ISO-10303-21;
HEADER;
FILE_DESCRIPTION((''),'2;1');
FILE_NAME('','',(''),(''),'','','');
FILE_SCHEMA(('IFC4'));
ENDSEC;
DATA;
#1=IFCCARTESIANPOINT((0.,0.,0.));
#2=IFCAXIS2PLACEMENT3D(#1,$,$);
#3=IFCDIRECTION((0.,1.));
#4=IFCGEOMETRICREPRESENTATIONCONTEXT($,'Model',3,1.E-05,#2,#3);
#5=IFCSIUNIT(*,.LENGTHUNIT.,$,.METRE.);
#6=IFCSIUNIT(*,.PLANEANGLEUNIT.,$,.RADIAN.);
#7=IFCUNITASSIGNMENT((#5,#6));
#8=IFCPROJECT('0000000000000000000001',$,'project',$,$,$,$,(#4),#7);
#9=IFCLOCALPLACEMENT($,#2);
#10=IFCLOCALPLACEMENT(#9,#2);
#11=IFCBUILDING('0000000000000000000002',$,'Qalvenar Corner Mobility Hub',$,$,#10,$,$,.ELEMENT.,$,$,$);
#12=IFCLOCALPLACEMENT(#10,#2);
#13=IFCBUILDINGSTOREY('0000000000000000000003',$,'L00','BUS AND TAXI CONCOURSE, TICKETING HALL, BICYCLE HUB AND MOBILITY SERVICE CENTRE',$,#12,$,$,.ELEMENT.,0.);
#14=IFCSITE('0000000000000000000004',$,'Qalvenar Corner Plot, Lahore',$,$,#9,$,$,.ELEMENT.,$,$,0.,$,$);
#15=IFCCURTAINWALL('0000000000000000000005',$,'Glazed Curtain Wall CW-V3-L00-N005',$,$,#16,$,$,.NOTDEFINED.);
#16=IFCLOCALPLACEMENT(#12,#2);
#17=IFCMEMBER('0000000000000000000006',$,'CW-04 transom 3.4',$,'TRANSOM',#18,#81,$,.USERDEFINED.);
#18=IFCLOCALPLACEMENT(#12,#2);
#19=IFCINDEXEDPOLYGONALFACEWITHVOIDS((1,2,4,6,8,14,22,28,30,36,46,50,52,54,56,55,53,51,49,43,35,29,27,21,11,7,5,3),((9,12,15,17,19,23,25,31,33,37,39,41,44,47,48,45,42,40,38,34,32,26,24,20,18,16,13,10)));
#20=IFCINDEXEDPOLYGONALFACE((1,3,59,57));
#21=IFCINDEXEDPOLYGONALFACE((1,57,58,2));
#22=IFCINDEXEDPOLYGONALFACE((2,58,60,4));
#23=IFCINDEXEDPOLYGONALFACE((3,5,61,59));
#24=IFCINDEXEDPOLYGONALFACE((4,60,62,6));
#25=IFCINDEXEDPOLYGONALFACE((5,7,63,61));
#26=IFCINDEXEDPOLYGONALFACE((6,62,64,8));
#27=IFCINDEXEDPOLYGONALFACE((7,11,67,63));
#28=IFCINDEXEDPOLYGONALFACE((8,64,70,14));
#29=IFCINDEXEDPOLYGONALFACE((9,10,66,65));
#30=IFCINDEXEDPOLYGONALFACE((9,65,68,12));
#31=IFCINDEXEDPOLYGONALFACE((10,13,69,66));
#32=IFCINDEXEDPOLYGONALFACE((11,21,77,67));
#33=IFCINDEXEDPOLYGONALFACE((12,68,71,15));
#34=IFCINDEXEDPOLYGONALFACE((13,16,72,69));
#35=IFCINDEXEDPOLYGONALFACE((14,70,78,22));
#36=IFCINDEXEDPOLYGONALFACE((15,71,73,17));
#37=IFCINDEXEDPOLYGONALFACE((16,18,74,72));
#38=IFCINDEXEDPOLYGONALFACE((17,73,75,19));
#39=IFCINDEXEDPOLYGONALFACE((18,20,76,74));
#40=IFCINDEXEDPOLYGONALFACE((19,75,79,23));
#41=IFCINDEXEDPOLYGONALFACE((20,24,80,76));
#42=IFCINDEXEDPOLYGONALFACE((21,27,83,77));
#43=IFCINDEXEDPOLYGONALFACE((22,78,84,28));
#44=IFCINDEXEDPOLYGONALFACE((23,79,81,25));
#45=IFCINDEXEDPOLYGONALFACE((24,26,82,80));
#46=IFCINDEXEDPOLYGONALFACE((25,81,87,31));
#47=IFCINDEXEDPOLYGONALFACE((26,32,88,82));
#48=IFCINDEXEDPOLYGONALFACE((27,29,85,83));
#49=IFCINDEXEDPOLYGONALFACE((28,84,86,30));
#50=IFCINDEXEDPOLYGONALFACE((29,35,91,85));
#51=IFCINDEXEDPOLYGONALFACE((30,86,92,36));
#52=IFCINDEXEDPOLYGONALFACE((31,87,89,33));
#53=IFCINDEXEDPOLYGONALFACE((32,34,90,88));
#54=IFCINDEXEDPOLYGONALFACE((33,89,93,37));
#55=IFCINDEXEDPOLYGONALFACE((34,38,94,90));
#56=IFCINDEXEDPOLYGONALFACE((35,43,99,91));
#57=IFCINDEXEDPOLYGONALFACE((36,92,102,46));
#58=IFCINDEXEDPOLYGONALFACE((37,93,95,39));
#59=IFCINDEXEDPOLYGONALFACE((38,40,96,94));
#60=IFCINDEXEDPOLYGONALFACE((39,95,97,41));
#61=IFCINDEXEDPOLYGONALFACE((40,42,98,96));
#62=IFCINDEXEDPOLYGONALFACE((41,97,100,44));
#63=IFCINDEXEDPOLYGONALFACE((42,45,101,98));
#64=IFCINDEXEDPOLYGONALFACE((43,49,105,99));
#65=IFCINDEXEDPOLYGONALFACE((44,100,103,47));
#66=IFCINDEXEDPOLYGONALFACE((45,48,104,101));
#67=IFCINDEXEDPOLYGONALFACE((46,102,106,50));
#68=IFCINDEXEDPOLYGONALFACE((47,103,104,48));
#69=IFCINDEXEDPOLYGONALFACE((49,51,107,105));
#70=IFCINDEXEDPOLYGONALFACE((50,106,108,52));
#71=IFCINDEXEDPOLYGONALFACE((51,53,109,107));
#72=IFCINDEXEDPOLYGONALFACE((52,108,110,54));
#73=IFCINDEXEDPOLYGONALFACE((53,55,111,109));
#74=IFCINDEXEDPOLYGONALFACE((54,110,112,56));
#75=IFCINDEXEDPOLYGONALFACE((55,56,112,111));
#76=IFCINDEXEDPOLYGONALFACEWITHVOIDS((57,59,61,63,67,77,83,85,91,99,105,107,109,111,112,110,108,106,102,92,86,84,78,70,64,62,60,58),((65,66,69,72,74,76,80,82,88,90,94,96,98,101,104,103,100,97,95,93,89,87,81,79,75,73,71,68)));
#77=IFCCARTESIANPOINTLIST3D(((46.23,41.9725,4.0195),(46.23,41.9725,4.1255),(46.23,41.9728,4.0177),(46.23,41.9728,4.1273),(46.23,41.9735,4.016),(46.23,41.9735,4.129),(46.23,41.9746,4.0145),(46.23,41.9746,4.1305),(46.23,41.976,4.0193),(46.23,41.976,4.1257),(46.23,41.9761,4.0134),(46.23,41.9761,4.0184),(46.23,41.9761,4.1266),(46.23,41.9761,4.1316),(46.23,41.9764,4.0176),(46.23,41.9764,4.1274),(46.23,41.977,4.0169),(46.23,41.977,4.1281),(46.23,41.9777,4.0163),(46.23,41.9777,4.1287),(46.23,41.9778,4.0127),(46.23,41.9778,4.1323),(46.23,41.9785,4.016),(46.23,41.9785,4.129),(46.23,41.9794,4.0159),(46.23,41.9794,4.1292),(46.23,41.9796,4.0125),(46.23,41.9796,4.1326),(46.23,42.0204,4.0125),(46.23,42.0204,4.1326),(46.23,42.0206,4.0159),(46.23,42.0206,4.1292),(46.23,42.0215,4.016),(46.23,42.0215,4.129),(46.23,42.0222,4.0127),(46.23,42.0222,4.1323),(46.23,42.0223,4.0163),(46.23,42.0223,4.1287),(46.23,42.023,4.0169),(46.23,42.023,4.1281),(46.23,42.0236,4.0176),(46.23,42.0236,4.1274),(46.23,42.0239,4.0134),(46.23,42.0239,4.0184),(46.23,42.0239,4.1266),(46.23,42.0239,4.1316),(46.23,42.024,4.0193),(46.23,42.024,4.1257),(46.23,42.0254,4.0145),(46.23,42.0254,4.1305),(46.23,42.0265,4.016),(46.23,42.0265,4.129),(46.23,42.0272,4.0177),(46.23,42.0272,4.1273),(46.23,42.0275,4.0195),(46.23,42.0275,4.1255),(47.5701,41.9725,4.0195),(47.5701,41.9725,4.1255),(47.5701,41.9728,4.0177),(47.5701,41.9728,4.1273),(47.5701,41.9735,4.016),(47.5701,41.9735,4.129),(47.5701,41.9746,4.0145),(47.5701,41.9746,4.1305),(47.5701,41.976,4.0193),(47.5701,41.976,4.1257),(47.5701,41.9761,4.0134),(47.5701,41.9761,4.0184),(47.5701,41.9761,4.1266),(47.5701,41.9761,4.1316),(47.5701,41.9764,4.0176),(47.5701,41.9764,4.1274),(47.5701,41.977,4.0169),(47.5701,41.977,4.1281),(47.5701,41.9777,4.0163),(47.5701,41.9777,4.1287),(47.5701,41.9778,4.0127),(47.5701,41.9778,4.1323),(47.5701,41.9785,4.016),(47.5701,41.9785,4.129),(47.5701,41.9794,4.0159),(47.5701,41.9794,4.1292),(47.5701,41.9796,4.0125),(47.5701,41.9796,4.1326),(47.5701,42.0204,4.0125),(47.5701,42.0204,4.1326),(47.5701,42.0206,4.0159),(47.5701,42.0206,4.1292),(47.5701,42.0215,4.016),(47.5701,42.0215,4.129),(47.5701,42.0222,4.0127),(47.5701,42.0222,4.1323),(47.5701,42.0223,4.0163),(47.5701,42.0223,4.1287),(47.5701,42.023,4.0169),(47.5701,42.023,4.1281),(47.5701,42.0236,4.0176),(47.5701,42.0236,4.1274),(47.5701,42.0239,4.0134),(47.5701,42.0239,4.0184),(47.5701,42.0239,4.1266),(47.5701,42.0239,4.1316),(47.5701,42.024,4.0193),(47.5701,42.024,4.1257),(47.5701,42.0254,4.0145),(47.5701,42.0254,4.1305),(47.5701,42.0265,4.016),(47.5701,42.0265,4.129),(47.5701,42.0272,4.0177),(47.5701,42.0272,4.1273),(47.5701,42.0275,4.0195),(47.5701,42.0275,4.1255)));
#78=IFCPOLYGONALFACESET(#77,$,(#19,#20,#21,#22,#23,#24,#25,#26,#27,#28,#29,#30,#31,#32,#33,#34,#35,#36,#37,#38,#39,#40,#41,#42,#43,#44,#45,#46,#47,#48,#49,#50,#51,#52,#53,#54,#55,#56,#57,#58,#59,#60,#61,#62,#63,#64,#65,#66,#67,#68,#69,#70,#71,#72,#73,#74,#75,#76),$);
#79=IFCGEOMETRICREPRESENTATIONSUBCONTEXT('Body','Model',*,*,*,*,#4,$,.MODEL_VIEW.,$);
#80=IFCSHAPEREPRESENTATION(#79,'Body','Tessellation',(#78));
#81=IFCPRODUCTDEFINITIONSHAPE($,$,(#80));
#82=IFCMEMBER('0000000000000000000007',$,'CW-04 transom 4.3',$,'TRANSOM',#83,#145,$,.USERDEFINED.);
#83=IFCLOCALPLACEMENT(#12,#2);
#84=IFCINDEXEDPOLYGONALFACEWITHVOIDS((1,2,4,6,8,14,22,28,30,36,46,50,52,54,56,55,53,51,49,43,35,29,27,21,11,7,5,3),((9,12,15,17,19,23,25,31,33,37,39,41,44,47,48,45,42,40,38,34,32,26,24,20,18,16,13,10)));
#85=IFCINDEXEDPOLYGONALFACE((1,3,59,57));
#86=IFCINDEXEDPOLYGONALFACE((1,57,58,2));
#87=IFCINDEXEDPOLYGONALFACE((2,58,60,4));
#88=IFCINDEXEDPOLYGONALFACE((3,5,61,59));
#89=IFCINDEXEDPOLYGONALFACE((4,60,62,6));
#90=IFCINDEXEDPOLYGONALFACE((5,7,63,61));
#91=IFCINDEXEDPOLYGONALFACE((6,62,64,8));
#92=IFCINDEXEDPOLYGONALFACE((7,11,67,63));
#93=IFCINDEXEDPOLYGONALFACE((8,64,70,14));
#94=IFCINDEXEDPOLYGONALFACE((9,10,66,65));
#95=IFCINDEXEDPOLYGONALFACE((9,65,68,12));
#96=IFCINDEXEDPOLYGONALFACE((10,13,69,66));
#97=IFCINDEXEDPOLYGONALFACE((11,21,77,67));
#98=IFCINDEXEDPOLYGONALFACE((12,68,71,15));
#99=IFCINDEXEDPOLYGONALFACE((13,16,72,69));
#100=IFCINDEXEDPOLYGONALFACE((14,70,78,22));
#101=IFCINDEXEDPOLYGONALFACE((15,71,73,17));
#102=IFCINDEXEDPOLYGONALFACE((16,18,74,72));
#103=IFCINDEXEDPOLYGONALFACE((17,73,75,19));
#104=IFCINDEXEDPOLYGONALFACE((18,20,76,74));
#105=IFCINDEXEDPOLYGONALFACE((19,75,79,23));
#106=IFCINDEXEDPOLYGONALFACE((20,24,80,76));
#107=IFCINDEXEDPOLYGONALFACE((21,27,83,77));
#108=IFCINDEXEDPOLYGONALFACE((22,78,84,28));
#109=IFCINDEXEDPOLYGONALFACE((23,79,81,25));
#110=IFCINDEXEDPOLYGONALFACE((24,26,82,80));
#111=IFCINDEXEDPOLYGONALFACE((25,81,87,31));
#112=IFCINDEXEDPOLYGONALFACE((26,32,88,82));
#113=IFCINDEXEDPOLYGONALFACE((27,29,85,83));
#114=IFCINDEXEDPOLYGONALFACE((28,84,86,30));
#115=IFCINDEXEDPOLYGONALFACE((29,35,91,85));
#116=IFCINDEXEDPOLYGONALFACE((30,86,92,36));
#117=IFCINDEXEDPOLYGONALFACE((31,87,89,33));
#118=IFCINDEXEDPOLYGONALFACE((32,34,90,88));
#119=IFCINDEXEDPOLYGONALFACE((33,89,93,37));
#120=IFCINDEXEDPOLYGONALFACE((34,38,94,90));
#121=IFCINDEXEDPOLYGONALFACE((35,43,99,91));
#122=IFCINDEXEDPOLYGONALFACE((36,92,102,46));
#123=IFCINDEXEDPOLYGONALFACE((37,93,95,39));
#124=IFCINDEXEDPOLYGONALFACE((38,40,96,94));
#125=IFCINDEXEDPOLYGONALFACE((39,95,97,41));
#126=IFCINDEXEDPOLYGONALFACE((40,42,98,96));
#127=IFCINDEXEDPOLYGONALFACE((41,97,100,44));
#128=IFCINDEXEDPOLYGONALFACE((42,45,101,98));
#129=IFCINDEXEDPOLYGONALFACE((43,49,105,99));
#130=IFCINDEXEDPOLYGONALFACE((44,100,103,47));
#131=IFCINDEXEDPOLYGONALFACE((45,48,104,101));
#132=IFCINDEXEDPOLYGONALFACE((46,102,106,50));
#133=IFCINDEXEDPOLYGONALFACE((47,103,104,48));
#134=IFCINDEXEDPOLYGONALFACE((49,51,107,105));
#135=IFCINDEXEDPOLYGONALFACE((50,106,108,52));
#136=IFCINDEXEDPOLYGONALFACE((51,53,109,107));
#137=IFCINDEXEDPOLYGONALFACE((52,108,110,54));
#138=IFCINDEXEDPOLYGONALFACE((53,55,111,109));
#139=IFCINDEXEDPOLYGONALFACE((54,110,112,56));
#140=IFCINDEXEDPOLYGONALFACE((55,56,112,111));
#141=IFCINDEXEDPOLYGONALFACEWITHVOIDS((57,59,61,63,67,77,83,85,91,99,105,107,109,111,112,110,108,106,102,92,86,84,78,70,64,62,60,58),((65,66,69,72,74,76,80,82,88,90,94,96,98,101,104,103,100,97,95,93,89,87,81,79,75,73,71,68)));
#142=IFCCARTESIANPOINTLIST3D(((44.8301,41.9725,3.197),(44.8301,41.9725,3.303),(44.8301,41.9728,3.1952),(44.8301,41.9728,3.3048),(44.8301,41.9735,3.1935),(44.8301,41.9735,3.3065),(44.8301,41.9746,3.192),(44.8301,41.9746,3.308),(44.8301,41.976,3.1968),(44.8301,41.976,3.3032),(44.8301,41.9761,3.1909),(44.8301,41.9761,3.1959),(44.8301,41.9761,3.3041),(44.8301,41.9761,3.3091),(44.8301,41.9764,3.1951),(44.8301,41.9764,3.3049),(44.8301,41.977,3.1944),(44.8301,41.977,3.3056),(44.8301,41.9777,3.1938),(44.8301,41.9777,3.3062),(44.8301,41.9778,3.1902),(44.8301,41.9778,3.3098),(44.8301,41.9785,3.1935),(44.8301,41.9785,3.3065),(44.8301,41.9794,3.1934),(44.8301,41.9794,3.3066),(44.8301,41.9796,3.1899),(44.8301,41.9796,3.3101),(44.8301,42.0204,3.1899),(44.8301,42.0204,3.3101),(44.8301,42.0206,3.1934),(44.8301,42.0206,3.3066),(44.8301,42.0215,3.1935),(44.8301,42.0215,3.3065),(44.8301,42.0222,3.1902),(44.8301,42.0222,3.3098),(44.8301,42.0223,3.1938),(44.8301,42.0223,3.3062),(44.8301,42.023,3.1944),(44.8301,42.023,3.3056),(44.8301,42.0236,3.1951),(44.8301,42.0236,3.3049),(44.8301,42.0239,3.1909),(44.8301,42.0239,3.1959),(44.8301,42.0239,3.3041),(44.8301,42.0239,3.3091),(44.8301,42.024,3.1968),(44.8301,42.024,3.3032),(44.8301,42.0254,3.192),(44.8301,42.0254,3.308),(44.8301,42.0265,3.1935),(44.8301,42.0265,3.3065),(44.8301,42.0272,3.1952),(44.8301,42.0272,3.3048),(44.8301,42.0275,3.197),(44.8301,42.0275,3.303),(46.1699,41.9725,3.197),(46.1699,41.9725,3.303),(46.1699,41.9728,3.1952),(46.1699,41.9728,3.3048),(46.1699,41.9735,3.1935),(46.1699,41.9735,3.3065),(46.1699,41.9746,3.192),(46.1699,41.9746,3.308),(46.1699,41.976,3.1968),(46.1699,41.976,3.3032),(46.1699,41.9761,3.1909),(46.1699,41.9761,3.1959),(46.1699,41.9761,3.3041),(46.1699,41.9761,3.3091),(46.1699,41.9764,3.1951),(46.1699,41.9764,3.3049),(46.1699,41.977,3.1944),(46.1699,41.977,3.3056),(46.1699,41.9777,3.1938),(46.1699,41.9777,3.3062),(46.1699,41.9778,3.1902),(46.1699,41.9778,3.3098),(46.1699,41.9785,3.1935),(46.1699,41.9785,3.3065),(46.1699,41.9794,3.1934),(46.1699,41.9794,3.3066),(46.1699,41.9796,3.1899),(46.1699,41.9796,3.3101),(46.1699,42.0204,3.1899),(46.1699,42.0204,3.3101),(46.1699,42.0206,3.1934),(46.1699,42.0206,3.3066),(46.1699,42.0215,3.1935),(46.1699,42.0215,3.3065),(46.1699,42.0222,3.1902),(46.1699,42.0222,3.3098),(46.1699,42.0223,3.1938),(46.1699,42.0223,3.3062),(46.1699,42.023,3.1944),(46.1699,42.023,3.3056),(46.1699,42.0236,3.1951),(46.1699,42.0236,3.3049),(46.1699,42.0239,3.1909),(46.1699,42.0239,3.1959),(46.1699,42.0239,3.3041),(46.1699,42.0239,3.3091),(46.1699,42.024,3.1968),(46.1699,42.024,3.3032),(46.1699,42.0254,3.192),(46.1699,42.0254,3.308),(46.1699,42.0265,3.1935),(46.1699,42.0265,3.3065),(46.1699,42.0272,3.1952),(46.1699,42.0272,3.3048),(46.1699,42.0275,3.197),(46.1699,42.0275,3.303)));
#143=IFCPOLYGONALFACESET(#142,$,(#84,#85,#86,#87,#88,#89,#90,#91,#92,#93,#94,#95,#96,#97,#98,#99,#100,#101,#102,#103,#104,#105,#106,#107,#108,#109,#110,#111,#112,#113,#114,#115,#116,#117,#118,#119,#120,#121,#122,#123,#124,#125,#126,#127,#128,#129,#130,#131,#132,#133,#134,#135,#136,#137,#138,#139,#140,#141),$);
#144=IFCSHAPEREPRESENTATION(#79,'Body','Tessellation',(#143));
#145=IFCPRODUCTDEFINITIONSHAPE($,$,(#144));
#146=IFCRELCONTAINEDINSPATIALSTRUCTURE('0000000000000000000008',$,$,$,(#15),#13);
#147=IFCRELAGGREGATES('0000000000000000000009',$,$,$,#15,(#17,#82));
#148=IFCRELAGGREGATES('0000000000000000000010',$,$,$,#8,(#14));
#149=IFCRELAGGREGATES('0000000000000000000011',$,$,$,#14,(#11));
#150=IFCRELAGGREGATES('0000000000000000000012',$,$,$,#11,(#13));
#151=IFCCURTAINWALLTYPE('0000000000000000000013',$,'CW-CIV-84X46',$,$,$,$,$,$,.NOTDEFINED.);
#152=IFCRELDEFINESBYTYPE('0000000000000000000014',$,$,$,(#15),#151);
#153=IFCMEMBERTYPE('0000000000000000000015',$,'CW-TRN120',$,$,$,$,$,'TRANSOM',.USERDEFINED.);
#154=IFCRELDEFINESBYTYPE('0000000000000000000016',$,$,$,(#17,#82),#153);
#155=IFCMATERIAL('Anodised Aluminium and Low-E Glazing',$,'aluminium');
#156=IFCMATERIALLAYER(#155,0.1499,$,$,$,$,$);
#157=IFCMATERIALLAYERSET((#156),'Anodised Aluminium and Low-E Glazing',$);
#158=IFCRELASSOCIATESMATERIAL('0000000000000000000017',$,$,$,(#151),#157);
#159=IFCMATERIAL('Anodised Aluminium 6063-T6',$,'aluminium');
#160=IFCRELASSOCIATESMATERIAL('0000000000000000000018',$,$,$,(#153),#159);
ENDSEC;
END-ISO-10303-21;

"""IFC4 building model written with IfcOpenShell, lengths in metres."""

from ifc_helpers import new_model, si_unit, direction, frame, origin, origin_2d, place, context, subcontext, project, spatial, hollow_rectangle, extrude, material, layer, layer_set, material_profile, profile_set, type_object, element, aggregate, save


model = new_model("IFC4")

# Units and contexts
model_context = context("Model", 3, precision=1e-05, world=origin(), true_north=direction((0.0, 1.0)))
body_context = subcontext(model_context, "Body", "Model", "MODEL_VIEW")
ifc_project = project(units=[si_unit("LENGTHUNIT", "METRE"), si_unit("PLANEANGLEUNIT", "RADIAN")], contexts=[model_context])

# Site, building, storey
site_placement = place(None, origin())
site = spatial("IfcSite", under=ifc_project, at=site_placement, Name="Qalvenar Corner Plot, Lahore", CompositionType="ELEMENT", RefElevation=0.0)
building_placement = place(site_placement, origin())
building = spatial("IfcBuilding", under=site, at=building_placement, Name="Qalvenar Corner Mobility Hub", CompositionType="ELEMENT")
storey_placement = place(building_placement, origin())
storey = spatial("IfcBuildingStorey", under=building, at=storey_placement, Name="L00", Description="BUS AND TAXI CONCOURSE, TICKETING HALL, BICYCLE HUB AND MOBILITY SERVICE CENTRE", CompositionType="ELEMENT", Elevation=0.0)

# Curtain wall, members
ifc_material_1 = material(Name="Anodised Aluminium and Low-E Glazing", Category="aluminium")
ifc_layer_1 = layer(ifc_material_1, 0.1499)
ifc_layer_set_1 = layer_set([ifc_layer_1], Name="Anodised Aluminium and Low-E Glazing")
curtain_wall_type = type_object("IfcCurtainWallType", Name="CW-CIV-84X46", PredefinedType="NOTDEFINED", material=ifc_layer_set_1)
curtain_wall_placement = place(storey_placement, origin())
curtain_wall = element("IfcCurtainWall", 1, at=curtain_wall_placement, inside=storey, type_object=curtain_wall_type, Name="Glazed Curtain Wall CW-V3-L00-N005", PredefinedType="NOTDEFINED")
ifc_material_2 = material(Name="Anodised Aluminium 6063-T6", Category="aluminium")
ifc_material_profile_1 = material_profile(ifc_material_2, hollow_rectangle(XDim=0.0549, YDim=0.1201, WallThickness=0.0034, InnerFilletRadius=0.0034, OuterFilletRadius=0.0071, at=origin_2d()), Name="RHS120x55x3.5")
ifc_profile_set_1 = profile_set([ifc_material_profile_1], Name="Anodised Aluminium 6063-T6")
member_type_1 = type_object("IfcMemberType", Name="CW-TRN120", ElementType="TRANSOM", PredefinedType="USERDEFINED", material=ifc_profile_set_1)
member_1_placement = place(storey_placement, frame((47.5701, 42.0, 4.0725), z_axis=(-1.0, 0.0, 0.0), x_axis=(0.0, -1.0, 0.0)))
member_1 = element("IfcMember", 2, at=member_1_placement, type_object=member_type_1, Name="CW-04 transom 3.4", ObjectType="TRANSOM", PredefinedType="USERDEFINED", context=body_context, shape_type="SweptSolid", body=[
    extrude(hollow_rectangle(XDim=0.0549, YDim=0.1201, WallThickness=0.0034, InnerFilletRadius=0.0034, OuterFilletRadius=0.0071, at=origin_2d()), origin(), (0.0, 0.0, 1.0), 1.3401),
])
member_2_placement = place(storey_placement, frame((46.1699, 42.0, 3.25), z_axis=(-1.0, 0.0, 0.0), x_axis=(0.0, -1.0, 0.0)))
member_2 = element("IfcMember", 3, at=member_2_placement, type_object=member_type_1, Name="CW-04 transom 4.3", ObjectType="TRANSOM", PredefinedType="USERDEFINED", context=body_context, shape_type="SweptSolid", body=[
    extrude(hollow_rectangle(XDim=0.0549, YDim=0.1201, WallThickness=0.0034, InnerFilletRadius=0.0034, OuterFilletRadius=0.0071, at=origin_2d()), origin(), (0.0, 0.0, 1.0), 1.3398),
])
aggregate(curtain_wall, [member_1, member_2])

save(model, "model.ifc")
